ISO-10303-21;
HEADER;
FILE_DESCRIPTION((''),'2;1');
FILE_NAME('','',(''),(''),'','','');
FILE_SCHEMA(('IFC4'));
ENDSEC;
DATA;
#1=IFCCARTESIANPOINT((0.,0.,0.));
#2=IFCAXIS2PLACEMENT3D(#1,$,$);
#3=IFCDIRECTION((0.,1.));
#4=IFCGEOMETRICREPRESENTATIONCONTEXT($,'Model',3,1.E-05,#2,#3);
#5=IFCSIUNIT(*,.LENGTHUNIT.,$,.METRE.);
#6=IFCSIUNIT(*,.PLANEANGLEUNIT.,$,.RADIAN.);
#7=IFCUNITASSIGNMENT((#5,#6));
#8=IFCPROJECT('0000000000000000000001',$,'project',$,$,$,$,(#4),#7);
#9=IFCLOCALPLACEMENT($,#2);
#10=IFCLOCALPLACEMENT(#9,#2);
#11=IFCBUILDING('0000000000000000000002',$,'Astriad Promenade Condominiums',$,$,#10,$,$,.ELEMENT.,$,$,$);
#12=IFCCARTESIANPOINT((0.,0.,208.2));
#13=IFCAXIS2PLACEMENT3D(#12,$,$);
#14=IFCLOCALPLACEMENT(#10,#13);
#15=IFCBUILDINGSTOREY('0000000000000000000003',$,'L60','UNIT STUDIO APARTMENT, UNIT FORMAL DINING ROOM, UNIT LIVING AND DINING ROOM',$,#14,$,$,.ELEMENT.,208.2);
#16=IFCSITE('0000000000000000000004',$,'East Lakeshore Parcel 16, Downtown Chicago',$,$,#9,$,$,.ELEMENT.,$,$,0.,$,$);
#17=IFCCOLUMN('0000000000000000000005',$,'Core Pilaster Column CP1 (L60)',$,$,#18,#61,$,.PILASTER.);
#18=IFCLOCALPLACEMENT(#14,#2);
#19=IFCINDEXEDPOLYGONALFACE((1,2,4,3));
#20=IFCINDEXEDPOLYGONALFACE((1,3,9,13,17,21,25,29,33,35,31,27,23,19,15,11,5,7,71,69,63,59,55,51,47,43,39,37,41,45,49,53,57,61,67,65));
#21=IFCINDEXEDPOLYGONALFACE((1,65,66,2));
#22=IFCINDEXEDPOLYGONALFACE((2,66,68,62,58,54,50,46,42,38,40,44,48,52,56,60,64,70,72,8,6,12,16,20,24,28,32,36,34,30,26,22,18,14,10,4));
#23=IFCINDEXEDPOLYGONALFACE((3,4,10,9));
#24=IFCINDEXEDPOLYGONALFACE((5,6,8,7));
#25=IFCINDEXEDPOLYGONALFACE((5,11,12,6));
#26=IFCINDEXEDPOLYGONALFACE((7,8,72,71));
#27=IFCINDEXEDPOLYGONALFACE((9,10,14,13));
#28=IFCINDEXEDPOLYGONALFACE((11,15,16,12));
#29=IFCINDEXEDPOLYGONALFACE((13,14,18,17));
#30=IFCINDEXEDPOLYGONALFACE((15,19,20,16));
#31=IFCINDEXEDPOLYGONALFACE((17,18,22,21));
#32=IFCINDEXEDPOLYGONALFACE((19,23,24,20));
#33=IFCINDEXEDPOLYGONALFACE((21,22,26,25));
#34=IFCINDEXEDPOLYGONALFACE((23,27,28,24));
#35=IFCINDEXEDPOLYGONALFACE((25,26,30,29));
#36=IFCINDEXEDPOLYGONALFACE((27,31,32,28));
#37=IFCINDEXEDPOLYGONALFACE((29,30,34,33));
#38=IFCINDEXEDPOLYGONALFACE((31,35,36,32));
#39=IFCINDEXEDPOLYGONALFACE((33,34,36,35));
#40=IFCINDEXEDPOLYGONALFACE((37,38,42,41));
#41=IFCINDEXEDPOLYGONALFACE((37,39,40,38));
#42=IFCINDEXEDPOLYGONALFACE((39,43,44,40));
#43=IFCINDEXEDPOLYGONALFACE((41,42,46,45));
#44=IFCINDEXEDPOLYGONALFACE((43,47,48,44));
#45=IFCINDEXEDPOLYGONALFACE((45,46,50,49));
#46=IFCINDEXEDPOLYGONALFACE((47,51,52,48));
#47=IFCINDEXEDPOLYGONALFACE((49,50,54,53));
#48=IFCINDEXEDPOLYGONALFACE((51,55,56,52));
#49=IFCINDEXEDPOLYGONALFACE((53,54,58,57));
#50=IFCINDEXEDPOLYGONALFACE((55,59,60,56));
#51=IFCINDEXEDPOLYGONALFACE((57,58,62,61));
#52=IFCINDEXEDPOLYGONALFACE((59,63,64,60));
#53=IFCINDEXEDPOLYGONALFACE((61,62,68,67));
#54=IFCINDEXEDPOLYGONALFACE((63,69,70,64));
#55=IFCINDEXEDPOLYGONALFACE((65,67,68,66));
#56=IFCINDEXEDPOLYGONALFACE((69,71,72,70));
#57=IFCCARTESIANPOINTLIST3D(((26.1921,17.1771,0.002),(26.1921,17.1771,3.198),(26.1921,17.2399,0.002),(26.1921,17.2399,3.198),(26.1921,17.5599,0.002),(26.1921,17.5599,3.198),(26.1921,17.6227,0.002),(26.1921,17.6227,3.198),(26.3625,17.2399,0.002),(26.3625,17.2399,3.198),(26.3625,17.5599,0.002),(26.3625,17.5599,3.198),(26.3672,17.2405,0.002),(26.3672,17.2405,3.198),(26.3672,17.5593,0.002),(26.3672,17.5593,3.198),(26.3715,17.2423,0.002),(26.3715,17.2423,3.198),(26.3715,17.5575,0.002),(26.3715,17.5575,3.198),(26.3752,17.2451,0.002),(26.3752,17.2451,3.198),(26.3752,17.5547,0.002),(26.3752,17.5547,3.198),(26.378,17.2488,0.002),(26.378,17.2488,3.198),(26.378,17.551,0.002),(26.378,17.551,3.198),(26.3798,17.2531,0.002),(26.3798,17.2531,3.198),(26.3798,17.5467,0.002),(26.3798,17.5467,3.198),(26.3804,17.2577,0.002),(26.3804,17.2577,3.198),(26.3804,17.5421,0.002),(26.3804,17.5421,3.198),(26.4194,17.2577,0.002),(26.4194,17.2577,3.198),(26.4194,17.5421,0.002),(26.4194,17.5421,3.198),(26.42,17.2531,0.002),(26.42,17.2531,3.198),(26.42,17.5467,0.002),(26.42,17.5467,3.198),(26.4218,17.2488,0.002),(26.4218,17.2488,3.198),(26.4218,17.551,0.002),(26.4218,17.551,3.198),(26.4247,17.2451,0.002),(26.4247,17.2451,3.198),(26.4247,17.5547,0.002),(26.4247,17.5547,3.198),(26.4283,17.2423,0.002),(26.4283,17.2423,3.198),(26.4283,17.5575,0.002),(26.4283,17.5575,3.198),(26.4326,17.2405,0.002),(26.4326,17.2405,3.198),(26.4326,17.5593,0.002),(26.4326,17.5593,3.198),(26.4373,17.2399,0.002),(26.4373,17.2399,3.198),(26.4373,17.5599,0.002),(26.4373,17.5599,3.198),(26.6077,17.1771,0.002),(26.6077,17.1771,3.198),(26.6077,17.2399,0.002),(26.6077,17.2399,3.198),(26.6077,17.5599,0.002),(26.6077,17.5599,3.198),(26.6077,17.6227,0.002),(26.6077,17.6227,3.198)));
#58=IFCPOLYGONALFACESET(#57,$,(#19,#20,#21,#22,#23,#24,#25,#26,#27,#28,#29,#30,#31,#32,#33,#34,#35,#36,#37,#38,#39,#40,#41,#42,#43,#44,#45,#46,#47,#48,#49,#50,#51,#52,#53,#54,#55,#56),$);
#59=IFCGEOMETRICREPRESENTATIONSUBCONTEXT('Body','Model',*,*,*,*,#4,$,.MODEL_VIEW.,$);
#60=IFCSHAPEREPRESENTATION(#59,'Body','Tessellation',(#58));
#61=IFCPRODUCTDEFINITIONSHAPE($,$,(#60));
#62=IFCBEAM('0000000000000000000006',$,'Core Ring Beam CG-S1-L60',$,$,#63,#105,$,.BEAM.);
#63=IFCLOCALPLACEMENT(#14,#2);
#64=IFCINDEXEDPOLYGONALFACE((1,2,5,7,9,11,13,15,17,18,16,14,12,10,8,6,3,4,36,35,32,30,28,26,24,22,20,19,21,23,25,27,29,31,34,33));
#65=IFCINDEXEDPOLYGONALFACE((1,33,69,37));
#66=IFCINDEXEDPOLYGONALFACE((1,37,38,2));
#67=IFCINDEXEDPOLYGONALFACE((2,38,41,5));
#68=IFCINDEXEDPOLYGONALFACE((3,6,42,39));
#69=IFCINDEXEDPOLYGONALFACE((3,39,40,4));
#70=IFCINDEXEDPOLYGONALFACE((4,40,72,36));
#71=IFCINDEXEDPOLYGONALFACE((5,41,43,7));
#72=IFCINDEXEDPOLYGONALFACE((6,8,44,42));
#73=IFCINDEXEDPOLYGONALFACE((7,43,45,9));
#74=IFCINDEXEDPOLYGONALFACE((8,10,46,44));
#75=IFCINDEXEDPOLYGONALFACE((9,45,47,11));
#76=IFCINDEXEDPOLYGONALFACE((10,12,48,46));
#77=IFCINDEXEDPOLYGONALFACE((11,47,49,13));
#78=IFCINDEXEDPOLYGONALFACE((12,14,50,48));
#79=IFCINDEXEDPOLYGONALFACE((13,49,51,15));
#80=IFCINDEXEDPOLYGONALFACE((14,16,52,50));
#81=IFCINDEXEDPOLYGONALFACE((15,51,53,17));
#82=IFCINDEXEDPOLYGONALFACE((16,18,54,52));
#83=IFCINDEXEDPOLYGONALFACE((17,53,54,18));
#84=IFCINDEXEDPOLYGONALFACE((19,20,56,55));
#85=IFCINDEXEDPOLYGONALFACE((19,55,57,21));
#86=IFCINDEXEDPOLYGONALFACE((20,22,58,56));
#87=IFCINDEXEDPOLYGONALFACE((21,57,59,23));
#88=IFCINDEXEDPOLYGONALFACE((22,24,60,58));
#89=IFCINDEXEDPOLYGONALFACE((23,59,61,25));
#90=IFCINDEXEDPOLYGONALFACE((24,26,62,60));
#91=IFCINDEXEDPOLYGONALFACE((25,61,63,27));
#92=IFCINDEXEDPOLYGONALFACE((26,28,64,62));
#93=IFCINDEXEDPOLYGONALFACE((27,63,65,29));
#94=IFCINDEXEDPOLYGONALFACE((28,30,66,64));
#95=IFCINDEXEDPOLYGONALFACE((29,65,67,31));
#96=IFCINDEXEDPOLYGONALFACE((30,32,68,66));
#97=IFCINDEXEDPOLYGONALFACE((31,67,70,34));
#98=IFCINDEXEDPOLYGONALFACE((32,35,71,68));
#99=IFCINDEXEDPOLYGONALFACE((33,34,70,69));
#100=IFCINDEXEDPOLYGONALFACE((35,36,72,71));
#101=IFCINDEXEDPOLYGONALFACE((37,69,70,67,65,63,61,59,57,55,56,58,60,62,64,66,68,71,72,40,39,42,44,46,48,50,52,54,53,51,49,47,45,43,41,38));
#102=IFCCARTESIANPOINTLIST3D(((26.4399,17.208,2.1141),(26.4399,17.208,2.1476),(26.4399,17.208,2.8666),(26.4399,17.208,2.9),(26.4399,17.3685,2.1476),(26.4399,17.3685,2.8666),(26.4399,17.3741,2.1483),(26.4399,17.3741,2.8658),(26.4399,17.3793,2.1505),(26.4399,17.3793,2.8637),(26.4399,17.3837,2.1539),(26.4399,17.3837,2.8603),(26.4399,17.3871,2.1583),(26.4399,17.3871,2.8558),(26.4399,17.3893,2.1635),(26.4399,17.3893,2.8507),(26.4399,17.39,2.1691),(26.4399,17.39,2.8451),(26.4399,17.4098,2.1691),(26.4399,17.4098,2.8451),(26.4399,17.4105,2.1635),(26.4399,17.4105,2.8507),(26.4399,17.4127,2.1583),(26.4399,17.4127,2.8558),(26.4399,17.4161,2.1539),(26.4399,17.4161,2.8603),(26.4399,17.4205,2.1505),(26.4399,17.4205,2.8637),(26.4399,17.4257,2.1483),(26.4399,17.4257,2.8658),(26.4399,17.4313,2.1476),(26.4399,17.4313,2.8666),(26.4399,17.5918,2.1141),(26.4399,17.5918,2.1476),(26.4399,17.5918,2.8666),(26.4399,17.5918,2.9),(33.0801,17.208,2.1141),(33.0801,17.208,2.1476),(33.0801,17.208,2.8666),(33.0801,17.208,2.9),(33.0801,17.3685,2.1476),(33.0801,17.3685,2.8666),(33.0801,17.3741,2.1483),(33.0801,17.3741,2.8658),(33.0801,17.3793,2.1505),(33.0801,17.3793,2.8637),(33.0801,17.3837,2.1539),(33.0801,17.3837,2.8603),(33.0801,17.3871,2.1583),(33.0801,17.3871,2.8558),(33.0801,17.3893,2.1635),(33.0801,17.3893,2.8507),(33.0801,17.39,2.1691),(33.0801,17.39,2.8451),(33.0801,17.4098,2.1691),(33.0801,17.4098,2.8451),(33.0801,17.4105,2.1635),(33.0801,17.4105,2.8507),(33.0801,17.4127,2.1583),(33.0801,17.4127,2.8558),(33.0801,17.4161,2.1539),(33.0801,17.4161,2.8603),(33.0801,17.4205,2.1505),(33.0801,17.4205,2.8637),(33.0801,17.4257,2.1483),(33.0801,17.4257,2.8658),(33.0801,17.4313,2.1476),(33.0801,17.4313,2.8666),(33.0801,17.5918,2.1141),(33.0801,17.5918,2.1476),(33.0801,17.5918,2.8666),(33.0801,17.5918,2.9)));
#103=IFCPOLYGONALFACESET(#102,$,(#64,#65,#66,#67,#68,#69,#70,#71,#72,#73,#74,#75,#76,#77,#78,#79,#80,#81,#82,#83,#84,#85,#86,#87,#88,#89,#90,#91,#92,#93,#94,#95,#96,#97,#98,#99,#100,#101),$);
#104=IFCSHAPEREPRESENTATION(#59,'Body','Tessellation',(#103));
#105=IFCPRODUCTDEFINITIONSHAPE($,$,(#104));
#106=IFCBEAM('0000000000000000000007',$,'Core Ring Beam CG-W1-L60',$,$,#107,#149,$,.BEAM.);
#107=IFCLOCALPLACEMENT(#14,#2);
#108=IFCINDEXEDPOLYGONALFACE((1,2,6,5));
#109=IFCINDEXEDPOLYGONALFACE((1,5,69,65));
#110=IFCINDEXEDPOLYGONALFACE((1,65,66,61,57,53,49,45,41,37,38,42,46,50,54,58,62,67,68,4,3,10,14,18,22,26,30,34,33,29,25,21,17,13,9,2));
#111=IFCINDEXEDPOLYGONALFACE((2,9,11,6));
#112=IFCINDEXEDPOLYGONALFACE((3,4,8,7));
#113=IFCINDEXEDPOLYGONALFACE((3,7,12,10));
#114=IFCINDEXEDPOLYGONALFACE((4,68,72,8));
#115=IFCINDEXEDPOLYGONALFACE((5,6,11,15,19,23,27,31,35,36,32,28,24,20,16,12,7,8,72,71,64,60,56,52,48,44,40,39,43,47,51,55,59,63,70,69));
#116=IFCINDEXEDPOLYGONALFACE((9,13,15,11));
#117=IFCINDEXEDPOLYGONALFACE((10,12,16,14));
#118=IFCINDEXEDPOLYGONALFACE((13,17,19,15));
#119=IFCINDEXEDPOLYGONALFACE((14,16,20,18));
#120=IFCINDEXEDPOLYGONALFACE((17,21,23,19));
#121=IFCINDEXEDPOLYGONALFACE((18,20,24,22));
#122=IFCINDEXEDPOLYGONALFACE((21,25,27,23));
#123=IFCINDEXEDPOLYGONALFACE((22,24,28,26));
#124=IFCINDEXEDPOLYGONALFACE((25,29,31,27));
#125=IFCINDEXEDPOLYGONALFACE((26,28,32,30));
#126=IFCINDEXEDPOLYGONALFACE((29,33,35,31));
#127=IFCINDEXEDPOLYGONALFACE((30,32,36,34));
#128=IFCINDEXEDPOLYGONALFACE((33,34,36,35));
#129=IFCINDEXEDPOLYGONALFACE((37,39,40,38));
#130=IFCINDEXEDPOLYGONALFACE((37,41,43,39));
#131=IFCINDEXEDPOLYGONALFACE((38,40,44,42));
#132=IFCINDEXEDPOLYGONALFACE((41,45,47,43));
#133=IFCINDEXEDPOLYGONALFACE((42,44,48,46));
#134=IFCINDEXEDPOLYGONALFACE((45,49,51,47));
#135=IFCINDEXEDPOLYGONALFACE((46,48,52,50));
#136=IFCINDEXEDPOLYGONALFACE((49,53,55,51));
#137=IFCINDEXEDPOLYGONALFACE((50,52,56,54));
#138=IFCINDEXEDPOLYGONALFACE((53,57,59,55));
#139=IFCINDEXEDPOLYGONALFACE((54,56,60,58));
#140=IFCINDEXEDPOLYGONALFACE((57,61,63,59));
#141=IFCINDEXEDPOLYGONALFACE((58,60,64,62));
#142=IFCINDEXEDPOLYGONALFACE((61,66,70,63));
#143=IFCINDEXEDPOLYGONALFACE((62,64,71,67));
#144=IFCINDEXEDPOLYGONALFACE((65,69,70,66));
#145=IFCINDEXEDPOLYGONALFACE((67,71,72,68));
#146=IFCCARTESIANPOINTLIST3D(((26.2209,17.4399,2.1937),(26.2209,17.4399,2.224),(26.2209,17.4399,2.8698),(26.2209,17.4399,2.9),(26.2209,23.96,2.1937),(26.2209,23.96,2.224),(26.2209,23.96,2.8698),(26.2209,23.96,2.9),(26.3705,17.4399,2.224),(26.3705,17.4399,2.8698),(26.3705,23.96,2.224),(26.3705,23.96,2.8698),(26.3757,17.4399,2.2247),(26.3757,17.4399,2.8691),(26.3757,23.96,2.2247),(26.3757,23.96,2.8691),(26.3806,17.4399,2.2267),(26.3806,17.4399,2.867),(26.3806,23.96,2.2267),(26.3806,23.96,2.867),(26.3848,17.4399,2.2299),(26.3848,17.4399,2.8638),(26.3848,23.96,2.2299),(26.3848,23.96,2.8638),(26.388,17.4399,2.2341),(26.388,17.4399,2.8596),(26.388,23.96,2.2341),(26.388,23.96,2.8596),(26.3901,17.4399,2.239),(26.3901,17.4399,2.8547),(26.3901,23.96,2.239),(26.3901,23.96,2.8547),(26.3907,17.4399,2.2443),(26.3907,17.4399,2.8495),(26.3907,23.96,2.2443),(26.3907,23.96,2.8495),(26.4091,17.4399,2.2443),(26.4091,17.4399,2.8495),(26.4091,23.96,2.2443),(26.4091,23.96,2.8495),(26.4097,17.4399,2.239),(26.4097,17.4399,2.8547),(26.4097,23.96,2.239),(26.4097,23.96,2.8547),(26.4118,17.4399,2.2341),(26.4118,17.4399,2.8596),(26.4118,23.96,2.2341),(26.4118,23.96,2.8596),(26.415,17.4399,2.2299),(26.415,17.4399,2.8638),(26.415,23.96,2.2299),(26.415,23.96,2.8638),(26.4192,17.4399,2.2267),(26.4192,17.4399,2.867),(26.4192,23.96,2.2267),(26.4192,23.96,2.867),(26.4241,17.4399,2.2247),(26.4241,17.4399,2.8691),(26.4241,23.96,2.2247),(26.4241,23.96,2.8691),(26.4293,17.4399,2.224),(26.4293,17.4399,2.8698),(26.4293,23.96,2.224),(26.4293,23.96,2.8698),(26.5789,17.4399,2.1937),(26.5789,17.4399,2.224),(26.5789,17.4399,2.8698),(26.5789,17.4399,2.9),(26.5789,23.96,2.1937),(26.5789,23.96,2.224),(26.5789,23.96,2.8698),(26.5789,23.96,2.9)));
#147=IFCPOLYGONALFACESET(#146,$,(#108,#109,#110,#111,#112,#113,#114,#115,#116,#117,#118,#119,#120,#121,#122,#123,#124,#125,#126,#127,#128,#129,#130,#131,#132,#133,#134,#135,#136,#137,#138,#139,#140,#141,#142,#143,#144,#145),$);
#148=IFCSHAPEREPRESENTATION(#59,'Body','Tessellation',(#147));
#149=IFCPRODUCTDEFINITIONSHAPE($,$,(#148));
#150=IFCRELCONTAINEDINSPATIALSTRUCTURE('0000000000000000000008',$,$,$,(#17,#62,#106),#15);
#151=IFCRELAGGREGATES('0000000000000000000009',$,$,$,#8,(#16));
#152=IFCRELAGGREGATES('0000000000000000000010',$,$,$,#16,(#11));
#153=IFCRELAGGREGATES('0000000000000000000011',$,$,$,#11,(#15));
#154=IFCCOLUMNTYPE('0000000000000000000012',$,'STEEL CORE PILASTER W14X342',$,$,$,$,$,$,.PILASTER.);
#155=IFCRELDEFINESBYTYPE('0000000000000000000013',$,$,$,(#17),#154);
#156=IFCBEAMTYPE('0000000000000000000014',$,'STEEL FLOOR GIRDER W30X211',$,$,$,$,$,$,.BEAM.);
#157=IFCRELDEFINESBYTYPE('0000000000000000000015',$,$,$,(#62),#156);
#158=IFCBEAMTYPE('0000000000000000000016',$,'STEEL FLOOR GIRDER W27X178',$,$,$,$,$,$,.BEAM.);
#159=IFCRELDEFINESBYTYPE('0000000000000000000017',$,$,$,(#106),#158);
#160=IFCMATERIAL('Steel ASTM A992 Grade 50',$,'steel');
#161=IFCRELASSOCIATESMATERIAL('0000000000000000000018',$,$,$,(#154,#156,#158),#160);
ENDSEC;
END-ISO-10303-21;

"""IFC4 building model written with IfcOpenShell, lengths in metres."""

from ifc_helpers import new_model, si_unit, direction, frame, origin, origin_2d, place, context, subcontext, project, spatial, i_section, extrude, source, transform, mapped, material, material_profile, profile_set, type_object, type_shapes, element, save


model = new_model("IFC4")

# Units and contexts
model_context = context("Model", 3, precision=1e-05, world=origin(), true_north=direction((0.0, 1.0)))
body_context = subcontext(model_context, "Body", "Model", "MODEL_VIEW")
ifc_project = project(units=[si_unit("LENGTHUNIT", "METRE"), si_unit("PLANEANGLEUNIT", "RADIAN")], contexts=[model_context])

# Site, building, storey
site_placement = place(None, origin())
site = spatial("IfcSite", under=ifc_project, at=site_placement, Name="East Lakeshore Parcel 16, Downtown Chicago", CompositionType="ELEMENT", RefElevation=0.0)
building_placement = place(site_placement, origin())
building = spatial("IfcBuilding", under=site, at=building_placement, Name="Astriad Promenade Condominiums", CompositionType="ELEMENT")
storey_placement = place(building_placement, frame((0.0, 0.0, 208.2)))
storey = spatial("IfcBuildingStorey", under=building, at=storey_placement, Name="L60", Description="UNIT STUDIO APARTMENT, UNIT FORMAL DINING ROOM, UNIT LIVING AND DINING ROOM", CompositionType="ELEMENT", Elevation=208.2)

# Column
ifc_material_1 = material(Name="Steel ASTM A992 Grade 50", Category="steel")
ifc_material_profile_1 = material_profile(ifc_material_1, i_section(OverallWidth=0.4155, OverallDepth=0.4456, WebThickness=0.0391, FlangeThickness=0.0627, FilletRadius=0.0178, at=origin_2d()), Name="W14X342")
ifc_profile_set_1 = profile_set([ifc_material_profile_1], Name="Steel ASTM A992 Grade 50")
column_type = type_object("IfcColumnType", Name="STEEL CORE PILASTER W14X342", PredefinedType="PILASTER", material=ifc_profile_set_1)
shared_shape_1 = source(origin(), body_context, "Body", "SweptSolid", [
    extrude(i_section(OverallWidth=0.4155, OverallDepth=0.4456, WebThickness=0.0391, FlangeThickness=0.0627, FilletRadius=0.0178, at=origin_2d()), origin(), (0.0, 0.0, 1.0), 3.196),
])
type_shapes(column_type, [shared_shape_1])
column_placement = place(storey_placement, frame((26.3999, 17.3999, 0.002), z_axis=(0.0, 0.0, 1.0), x_axis=(1.0, 0.0, 0.0)))
element("IfcColumn", 1, at=column_placement, inside=storey, type_object=column_type, Name="Core Pilaster Column CP1 (L60)", PredefinedType="PILASTER", context=body_context, shape_type="MappedRepresentation", body=[
    mapped(shared_shape_1, transform((0.0, 0.0, 0.0), scale=1.0)),
])

# Beams
ifc_material_profile_2 = material_profile(ifc_material_1, i_section(OverallWidth=0.3838, OverallDepth=0.7859, WebThickness=0.0198, FlangeThickness=0.0334, FilletRadius=0.0215, at=origin_2d()), Name="W30X211")
ifc_profile_set_2 = profile_set([ifc_material_profile_2], Name="Steel ASTM A992 Grade 50")
beam_type_1 = type_object("IfcBeamType", Name="STEEL FLOOR GIRDER W30X211", PredefinedType="BEAM", material=ifc_profile_set_2)
shared_shape_2 = source(origin(), body_context, "Body", "SweptSolid", [
    extrude(i_section(OverallWidth=0.3838, OverallDepth=0.7859, WebThickness=0.0198, FlangeThickness=0.0334, FilletRadius=0.0215, at=origin_2d()), origin(), (0.0, 0.0, 1.0), 6.6401),
])
type_shapes(beam_type_1, [shared_shape_2])
beam_1_placement = place(storey_placement, frame((26.4399, 17.3999, 2.5071), z_axis=(1.0, 0.0, 0.0), x_axis=(0.0, 1.0, 0.0)))
element("IfcBeam", 2, at=beam_1_placement, inside=storey, type_object=beam_type_1, Name="Core Ring Beam CG-S1-L60", PredefinedType="BEAM", context=body_context, shape_type="MappedRepresentation", body=[
    mapped(shared_shape_2, transform((0.0, 0.0, 0.0), scale=1.0)),
])
ifc_material_profile_3 = material_profile(ifc_material_1, i_section(OverallWidth=0.3579, OverallDepth=0.7063, WebThickness=0.0183, FlangeThickness=0.0303, FilletRadius=0.0203, at=origin_2d()), Name="W27X178")
ifc_profile_set_3 = profile_set([ifc_material_profile_3], Name="Steel ASTM A992 Grade 50")
beam_type_2 = type_object("IfcBeamType", Name="STEEL FLOOR GIRDER W27X178", PredefinedType="BEAM", material=ifc_profile_set_3)
shared_shape_3 = source(origin(), body_context, "Body", "SweptSolid", [
    extrude(i_section(OverallWidth=0.3579, OverallDepth=0.7063, WebThickness=0.0183, FlangeThickness=0.0303, FilletRadius=0.0203, at=origin_2d()), origin(), (0.0, 0.0, 1.0), 6.52),
])
type_shapes(beam_type_2, [shared_shape_3])
beam_2_placement = place(storey_placement, frame((26.3999, 17.4399, 2.5469), z_axis=(0.0, 1.0, 0.0), x_axis=(-1.0, 0.0, 0.0)))
element("IfcBeam", 3, at=beam_2_placement, inside=storey, type_object=beam_type_2, Name="Core Ring Beam CG-W1-L60", PredefinedType="BEAM", context=body_context, shape_type="MappedRepresentation", body=[
    mapped(shared_shape_3, transform((0.0, 0.0, 0.0), scale=1.0)),
])

save(model, "model.ifc")
